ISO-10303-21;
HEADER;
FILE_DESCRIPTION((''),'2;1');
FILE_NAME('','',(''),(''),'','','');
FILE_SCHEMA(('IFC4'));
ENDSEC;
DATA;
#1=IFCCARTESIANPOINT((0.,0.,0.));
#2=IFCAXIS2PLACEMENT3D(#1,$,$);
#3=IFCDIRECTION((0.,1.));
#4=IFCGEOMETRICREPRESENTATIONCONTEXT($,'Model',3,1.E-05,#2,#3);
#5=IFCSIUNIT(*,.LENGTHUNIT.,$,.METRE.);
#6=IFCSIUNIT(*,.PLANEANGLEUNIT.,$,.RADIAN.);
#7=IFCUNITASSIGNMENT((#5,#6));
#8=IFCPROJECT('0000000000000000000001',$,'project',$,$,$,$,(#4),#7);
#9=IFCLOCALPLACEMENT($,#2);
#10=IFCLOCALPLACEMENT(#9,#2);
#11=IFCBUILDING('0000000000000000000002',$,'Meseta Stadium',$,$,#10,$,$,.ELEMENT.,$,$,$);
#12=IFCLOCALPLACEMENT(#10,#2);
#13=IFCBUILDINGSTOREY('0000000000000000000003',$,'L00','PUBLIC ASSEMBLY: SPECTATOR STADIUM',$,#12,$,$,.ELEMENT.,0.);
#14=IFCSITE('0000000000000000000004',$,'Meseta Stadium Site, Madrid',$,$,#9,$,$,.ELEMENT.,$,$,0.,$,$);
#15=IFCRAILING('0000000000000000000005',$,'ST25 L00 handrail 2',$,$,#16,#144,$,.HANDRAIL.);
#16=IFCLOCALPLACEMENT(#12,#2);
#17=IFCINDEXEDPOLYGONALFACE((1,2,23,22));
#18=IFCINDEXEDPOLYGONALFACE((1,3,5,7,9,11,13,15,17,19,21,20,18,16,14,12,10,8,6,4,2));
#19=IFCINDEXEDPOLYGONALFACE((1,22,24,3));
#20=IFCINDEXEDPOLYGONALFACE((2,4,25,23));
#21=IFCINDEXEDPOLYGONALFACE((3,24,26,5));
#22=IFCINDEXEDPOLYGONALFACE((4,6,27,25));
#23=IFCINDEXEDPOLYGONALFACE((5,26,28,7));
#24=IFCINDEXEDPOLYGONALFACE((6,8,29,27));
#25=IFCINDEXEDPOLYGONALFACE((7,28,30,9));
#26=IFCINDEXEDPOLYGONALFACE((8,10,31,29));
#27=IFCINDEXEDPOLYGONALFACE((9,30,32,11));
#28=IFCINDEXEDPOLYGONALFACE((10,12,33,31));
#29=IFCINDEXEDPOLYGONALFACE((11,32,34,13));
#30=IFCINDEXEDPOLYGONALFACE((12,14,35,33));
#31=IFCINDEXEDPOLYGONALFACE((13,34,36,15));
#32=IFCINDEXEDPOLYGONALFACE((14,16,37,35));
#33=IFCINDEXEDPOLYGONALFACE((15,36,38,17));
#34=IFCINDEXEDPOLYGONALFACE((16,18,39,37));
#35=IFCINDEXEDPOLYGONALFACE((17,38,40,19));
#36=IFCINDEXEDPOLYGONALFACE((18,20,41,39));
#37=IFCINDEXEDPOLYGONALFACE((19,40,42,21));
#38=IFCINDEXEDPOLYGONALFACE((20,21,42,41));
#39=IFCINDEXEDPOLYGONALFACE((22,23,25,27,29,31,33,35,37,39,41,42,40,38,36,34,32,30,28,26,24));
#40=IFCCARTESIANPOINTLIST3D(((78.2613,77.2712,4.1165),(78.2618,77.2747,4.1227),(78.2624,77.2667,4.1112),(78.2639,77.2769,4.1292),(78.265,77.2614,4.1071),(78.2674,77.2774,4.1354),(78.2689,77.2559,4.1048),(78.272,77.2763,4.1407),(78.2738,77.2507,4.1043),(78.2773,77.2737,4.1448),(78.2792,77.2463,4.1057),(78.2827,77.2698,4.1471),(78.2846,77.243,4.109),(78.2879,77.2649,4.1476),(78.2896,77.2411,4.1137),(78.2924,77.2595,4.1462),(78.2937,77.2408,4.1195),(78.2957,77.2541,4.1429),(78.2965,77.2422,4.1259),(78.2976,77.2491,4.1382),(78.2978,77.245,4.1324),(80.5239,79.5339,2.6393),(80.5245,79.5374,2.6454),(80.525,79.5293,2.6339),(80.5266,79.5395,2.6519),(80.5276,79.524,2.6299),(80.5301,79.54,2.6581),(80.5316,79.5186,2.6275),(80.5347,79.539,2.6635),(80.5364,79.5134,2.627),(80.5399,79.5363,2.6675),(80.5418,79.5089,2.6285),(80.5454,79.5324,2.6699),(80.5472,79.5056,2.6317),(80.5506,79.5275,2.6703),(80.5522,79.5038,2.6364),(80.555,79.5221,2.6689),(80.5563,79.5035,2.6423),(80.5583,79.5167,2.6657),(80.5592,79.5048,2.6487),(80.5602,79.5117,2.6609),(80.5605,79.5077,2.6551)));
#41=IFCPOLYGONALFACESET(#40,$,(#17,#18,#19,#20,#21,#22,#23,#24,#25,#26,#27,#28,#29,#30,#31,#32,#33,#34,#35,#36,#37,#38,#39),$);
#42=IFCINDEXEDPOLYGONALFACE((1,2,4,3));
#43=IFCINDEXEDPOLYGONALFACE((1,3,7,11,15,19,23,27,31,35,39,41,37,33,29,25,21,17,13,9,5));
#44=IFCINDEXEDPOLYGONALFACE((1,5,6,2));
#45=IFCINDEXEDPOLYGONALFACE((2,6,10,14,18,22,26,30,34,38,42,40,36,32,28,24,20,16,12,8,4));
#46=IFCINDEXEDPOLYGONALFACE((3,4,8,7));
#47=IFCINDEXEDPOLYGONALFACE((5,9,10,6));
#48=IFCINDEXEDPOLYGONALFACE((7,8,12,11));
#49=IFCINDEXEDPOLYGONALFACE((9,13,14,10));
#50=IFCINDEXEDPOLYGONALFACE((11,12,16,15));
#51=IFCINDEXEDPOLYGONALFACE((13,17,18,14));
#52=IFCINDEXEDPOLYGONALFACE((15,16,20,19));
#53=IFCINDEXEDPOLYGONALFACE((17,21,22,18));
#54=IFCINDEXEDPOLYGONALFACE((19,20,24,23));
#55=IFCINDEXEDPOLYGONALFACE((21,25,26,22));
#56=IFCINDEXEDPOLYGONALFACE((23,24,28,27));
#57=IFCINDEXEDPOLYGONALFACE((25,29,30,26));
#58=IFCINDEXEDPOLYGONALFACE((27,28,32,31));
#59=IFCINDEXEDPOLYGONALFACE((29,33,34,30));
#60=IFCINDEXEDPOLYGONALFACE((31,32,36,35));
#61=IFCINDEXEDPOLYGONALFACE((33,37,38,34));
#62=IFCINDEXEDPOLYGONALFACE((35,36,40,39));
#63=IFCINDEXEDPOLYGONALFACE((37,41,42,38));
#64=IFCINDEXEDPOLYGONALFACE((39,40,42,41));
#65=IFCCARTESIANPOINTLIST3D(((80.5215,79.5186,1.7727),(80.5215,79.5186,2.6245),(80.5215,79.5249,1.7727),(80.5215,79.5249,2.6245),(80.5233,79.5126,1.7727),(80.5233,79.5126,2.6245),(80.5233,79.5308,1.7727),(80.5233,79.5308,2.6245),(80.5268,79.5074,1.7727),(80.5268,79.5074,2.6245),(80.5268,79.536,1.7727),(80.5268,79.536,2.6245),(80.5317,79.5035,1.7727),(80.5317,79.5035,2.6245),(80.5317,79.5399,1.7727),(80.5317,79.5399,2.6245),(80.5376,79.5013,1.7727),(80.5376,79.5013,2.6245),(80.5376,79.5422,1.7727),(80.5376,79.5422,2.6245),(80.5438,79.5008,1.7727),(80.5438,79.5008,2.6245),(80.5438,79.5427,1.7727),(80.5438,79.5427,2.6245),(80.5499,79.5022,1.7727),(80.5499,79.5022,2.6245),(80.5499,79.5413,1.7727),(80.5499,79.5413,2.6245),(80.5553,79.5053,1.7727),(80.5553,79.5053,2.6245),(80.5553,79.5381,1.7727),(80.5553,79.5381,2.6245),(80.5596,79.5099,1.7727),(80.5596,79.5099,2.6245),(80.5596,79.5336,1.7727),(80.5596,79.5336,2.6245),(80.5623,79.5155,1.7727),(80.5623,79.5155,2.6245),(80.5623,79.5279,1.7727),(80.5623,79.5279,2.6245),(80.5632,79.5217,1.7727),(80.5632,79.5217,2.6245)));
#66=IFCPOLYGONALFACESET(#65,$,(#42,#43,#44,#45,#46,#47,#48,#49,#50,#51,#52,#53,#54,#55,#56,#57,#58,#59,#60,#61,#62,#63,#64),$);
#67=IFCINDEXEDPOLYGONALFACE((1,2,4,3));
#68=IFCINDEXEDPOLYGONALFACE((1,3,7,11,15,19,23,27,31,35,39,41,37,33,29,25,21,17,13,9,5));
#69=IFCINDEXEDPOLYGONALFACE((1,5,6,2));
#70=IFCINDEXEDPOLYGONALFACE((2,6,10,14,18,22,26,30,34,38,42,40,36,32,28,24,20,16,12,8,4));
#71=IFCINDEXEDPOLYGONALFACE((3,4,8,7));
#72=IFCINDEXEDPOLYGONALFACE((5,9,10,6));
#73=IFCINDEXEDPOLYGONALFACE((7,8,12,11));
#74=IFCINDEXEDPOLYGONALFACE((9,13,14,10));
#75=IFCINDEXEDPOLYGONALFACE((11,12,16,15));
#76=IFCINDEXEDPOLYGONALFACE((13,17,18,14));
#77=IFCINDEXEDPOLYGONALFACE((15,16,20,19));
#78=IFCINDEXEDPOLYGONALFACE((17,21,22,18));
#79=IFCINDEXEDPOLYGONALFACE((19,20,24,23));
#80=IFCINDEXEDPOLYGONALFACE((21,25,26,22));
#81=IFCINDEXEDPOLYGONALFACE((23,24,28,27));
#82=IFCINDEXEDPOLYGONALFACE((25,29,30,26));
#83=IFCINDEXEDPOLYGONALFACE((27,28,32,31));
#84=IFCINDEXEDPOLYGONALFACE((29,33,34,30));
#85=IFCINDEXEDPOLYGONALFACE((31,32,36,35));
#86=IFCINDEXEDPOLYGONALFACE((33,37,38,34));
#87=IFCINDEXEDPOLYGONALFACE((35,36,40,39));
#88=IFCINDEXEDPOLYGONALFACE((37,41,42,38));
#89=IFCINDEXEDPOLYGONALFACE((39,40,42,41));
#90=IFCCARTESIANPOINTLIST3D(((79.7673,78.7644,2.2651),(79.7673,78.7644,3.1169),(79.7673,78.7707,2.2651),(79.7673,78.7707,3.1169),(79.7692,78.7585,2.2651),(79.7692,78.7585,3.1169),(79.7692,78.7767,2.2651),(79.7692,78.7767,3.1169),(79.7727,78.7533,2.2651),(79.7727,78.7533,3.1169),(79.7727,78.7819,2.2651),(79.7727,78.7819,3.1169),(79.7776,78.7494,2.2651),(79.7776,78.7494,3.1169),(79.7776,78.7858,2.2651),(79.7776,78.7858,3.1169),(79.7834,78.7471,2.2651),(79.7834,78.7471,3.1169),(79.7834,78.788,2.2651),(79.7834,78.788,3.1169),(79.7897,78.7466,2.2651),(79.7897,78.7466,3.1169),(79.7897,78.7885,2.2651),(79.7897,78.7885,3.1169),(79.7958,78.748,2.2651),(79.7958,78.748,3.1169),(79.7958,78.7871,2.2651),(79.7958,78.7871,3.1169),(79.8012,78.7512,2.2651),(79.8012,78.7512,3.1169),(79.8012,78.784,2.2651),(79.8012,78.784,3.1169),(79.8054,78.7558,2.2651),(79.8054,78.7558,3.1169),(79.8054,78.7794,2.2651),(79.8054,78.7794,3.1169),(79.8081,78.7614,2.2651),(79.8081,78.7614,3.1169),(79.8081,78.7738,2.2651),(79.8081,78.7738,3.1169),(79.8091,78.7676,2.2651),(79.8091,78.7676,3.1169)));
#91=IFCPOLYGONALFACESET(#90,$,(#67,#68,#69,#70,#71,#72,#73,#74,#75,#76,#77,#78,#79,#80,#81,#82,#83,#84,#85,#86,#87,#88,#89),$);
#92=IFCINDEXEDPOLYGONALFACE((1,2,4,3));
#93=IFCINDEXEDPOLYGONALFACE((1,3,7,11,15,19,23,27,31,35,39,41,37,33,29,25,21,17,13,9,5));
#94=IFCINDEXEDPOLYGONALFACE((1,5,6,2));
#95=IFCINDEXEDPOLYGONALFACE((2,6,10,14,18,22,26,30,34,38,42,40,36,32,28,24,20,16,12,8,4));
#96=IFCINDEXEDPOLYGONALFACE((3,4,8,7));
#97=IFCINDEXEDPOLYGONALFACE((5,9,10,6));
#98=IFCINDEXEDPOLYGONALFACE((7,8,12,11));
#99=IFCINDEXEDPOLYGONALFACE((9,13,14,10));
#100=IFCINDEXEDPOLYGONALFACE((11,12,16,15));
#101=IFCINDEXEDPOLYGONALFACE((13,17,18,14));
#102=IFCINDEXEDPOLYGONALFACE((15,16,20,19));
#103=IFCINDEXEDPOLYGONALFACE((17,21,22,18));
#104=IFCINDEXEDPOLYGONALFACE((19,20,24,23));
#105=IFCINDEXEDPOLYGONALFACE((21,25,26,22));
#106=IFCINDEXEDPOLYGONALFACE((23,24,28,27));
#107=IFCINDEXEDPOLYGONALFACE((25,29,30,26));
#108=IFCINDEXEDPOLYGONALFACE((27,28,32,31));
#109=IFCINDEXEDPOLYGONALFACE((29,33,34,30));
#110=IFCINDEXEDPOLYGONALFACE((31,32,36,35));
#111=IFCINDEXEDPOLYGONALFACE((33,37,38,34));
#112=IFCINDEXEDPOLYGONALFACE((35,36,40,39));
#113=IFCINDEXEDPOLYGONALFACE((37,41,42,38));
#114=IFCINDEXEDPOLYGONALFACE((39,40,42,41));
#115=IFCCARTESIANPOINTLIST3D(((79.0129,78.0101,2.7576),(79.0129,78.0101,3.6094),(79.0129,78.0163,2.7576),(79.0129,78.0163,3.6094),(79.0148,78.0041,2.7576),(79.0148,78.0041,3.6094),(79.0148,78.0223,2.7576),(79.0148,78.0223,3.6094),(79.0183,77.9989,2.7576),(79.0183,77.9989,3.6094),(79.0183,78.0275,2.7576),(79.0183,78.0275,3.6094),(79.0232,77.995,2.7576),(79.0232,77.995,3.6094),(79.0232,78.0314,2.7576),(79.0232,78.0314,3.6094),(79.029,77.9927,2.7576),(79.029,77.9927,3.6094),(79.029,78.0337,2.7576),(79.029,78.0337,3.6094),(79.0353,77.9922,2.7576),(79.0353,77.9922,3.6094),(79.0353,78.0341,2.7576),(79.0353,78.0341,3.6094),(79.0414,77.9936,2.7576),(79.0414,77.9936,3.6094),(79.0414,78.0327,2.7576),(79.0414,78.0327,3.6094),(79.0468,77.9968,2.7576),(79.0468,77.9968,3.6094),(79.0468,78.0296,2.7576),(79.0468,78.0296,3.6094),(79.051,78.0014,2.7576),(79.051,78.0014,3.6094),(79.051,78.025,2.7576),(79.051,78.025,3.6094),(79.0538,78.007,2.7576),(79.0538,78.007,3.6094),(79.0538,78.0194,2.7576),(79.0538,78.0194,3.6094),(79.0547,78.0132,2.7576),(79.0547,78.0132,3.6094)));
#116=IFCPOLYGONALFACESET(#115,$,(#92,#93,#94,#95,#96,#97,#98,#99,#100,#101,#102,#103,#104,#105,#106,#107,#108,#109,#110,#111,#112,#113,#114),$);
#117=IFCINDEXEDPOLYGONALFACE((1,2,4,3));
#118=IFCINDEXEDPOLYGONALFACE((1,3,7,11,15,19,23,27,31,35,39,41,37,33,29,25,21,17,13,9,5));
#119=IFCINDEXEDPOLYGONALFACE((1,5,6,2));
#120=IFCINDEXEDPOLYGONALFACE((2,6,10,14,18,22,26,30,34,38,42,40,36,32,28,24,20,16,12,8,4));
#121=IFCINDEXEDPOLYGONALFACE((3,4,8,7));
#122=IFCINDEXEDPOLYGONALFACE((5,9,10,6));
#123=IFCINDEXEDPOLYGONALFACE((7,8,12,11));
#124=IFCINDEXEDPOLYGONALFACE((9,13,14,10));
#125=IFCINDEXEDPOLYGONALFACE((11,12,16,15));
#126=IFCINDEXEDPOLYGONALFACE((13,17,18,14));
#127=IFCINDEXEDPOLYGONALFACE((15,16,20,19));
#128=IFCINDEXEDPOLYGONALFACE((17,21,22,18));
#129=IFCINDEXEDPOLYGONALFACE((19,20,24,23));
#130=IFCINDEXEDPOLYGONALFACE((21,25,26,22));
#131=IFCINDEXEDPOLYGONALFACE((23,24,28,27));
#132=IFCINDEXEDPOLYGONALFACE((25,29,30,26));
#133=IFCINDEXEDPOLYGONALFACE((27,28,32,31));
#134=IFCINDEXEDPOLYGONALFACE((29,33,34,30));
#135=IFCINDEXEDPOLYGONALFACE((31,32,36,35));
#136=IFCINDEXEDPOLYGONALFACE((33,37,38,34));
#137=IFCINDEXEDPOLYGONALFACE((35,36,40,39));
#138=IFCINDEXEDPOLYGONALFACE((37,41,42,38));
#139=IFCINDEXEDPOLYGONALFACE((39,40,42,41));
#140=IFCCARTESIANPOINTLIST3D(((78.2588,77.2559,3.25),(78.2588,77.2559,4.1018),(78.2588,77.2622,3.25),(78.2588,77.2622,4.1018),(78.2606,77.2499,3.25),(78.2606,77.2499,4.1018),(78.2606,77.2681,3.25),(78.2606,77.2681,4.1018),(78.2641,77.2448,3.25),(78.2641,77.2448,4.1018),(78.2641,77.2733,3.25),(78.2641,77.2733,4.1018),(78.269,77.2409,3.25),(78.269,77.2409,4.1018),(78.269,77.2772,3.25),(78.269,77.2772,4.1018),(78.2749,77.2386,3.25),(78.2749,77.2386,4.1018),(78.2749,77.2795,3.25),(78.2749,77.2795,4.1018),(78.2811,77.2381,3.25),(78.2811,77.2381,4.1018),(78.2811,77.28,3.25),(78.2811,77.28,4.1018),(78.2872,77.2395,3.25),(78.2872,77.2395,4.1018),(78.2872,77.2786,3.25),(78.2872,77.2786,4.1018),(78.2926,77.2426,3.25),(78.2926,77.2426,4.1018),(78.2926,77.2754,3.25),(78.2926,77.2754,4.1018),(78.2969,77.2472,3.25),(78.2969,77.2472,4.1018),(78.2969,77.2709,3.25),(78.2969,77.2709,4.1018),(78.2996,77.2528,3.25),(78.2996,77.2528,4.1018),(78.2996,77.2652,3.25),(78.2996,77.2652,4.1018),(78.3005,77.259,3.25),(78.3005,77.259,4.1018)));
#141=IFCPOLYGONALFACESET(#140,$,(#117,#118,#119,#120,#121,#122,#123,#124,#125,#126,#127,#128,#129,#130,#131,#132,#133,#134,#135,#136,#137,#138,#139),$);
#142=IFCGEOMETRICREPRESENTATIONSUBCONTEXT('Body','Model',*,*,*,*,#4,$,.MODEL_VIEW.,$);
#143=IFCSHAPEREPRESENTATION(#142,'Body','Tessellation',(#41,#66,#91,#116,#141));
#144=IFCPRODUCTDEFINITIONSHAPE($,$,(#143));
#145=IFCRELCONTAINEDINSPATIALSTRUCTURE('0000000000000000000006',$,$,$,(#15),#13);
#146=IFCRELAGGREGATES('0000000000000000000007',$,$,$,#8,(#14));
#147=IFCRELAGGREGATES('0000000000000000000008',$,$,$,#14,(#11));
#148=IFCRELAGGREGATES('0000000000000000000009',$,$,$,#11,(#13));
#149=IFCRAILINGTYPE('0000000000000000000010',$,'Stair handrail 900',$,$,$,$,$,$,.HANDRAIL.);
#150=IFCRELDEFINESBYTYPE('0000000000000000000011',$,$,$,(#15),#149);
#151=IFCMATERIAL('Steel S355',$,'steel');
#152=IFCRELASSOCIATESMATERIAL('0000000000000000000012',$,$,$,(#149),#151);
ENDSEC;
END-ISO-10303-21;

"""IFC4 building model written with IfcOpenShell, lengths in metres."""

from ifc_helpers import new_model, si_unit, direction, frame, origin, origin_2d, place, context, subcontext, project, spatial, circle, extrude, material, type_object, element, save


model = new_model("IFC4")

# Units and contexts
model_context = context("Model", 3, precision=1e-05, world=origin(), true_north=direction((0.0, 1.0)))
body_context = subcontext(model_context, "Body", "Model", "MODEL_VIEW")
ifc_project = project(units=[si_unit("LENGTHUNIT", "METRE"), si_unit("PLANEANGLEUNIT", "RADIAN")], contexts=[model_context])

# Site, building, storey
site_placement = place(None, origin())
site = spatial("IfcSite", under=ifc_project, at=site_placement, Name="Meseta Stadium Site, Madrid", CompositionType="ELEMENT", RefElevation=0.0)
building_placement = place(site_placement, origin())
building = spatial("IfcBuilding", under=site, at=building_placement, Name="Meseta Stadium", CompositionType="ELEMENT")
storey_placement = place(building_placement, origin())
storey = spatial("IfcBuildingStorey", under=building, at=storey_placement, Name="L00", Description="PUBLIC ASSEMBLY: SPECTATOR STADIUM", CompositionType="ELEMENT", Elevation=0.0)

# Railing
ifc_material_1 = material(Name="Steel S355", Category="steel")
railing_type_1 = type_object("IfcRailingType", Name="Stair handrail 900", PredefinedType="HANDRAIL", material=ifc_material_1)
for number, where, name in (
    (1, (80.5422, 79.5217, 1.7727), "ST25 L00 handrail 2"),
):
    element("IfcRailing", number, at=place(storey_placement, frame(where)), inside=storey, type_object=railing_type_1, Name=name, PredefinedType="HANDRAIL", context=body_context, shape_type="SweptSolid", body=[
        extrude(circle(Radius=0.0239, at=origin_2d()), frame((0.0, 0.0, 0.876), z_axis=(-0.641994, -0.641994, 0.419152), x_axis=(0.707107, -0.707107, 0.0)), (0.0, 0.0, 1.0), 3.5244),
        extrude(circle(Radius=0.021, at=origin_2d()), origin(), (0.0, 0.0, 1.0), 0.8518),
        extrude(circle(Radius=0.021, at=origin_2d()), frame((-0.7542, -0.7542, 0.4924)), (0.0, 0.0, 1.0), 0.8518),
        extrude(circle(Radius=0.021, at=origin_2d()), frame((-1.5085, -1.5085, 0.9849)), (0.0, 0.0, 1.0), 0.8518),
        extrude(circle(Radius=0.021, at=origin_2d()), frame((-2.2627, -2.2627, 1.4773)), (0.0, 0.0, 1.0), 0.8518),
    ])

save(model, "model.ifc")
